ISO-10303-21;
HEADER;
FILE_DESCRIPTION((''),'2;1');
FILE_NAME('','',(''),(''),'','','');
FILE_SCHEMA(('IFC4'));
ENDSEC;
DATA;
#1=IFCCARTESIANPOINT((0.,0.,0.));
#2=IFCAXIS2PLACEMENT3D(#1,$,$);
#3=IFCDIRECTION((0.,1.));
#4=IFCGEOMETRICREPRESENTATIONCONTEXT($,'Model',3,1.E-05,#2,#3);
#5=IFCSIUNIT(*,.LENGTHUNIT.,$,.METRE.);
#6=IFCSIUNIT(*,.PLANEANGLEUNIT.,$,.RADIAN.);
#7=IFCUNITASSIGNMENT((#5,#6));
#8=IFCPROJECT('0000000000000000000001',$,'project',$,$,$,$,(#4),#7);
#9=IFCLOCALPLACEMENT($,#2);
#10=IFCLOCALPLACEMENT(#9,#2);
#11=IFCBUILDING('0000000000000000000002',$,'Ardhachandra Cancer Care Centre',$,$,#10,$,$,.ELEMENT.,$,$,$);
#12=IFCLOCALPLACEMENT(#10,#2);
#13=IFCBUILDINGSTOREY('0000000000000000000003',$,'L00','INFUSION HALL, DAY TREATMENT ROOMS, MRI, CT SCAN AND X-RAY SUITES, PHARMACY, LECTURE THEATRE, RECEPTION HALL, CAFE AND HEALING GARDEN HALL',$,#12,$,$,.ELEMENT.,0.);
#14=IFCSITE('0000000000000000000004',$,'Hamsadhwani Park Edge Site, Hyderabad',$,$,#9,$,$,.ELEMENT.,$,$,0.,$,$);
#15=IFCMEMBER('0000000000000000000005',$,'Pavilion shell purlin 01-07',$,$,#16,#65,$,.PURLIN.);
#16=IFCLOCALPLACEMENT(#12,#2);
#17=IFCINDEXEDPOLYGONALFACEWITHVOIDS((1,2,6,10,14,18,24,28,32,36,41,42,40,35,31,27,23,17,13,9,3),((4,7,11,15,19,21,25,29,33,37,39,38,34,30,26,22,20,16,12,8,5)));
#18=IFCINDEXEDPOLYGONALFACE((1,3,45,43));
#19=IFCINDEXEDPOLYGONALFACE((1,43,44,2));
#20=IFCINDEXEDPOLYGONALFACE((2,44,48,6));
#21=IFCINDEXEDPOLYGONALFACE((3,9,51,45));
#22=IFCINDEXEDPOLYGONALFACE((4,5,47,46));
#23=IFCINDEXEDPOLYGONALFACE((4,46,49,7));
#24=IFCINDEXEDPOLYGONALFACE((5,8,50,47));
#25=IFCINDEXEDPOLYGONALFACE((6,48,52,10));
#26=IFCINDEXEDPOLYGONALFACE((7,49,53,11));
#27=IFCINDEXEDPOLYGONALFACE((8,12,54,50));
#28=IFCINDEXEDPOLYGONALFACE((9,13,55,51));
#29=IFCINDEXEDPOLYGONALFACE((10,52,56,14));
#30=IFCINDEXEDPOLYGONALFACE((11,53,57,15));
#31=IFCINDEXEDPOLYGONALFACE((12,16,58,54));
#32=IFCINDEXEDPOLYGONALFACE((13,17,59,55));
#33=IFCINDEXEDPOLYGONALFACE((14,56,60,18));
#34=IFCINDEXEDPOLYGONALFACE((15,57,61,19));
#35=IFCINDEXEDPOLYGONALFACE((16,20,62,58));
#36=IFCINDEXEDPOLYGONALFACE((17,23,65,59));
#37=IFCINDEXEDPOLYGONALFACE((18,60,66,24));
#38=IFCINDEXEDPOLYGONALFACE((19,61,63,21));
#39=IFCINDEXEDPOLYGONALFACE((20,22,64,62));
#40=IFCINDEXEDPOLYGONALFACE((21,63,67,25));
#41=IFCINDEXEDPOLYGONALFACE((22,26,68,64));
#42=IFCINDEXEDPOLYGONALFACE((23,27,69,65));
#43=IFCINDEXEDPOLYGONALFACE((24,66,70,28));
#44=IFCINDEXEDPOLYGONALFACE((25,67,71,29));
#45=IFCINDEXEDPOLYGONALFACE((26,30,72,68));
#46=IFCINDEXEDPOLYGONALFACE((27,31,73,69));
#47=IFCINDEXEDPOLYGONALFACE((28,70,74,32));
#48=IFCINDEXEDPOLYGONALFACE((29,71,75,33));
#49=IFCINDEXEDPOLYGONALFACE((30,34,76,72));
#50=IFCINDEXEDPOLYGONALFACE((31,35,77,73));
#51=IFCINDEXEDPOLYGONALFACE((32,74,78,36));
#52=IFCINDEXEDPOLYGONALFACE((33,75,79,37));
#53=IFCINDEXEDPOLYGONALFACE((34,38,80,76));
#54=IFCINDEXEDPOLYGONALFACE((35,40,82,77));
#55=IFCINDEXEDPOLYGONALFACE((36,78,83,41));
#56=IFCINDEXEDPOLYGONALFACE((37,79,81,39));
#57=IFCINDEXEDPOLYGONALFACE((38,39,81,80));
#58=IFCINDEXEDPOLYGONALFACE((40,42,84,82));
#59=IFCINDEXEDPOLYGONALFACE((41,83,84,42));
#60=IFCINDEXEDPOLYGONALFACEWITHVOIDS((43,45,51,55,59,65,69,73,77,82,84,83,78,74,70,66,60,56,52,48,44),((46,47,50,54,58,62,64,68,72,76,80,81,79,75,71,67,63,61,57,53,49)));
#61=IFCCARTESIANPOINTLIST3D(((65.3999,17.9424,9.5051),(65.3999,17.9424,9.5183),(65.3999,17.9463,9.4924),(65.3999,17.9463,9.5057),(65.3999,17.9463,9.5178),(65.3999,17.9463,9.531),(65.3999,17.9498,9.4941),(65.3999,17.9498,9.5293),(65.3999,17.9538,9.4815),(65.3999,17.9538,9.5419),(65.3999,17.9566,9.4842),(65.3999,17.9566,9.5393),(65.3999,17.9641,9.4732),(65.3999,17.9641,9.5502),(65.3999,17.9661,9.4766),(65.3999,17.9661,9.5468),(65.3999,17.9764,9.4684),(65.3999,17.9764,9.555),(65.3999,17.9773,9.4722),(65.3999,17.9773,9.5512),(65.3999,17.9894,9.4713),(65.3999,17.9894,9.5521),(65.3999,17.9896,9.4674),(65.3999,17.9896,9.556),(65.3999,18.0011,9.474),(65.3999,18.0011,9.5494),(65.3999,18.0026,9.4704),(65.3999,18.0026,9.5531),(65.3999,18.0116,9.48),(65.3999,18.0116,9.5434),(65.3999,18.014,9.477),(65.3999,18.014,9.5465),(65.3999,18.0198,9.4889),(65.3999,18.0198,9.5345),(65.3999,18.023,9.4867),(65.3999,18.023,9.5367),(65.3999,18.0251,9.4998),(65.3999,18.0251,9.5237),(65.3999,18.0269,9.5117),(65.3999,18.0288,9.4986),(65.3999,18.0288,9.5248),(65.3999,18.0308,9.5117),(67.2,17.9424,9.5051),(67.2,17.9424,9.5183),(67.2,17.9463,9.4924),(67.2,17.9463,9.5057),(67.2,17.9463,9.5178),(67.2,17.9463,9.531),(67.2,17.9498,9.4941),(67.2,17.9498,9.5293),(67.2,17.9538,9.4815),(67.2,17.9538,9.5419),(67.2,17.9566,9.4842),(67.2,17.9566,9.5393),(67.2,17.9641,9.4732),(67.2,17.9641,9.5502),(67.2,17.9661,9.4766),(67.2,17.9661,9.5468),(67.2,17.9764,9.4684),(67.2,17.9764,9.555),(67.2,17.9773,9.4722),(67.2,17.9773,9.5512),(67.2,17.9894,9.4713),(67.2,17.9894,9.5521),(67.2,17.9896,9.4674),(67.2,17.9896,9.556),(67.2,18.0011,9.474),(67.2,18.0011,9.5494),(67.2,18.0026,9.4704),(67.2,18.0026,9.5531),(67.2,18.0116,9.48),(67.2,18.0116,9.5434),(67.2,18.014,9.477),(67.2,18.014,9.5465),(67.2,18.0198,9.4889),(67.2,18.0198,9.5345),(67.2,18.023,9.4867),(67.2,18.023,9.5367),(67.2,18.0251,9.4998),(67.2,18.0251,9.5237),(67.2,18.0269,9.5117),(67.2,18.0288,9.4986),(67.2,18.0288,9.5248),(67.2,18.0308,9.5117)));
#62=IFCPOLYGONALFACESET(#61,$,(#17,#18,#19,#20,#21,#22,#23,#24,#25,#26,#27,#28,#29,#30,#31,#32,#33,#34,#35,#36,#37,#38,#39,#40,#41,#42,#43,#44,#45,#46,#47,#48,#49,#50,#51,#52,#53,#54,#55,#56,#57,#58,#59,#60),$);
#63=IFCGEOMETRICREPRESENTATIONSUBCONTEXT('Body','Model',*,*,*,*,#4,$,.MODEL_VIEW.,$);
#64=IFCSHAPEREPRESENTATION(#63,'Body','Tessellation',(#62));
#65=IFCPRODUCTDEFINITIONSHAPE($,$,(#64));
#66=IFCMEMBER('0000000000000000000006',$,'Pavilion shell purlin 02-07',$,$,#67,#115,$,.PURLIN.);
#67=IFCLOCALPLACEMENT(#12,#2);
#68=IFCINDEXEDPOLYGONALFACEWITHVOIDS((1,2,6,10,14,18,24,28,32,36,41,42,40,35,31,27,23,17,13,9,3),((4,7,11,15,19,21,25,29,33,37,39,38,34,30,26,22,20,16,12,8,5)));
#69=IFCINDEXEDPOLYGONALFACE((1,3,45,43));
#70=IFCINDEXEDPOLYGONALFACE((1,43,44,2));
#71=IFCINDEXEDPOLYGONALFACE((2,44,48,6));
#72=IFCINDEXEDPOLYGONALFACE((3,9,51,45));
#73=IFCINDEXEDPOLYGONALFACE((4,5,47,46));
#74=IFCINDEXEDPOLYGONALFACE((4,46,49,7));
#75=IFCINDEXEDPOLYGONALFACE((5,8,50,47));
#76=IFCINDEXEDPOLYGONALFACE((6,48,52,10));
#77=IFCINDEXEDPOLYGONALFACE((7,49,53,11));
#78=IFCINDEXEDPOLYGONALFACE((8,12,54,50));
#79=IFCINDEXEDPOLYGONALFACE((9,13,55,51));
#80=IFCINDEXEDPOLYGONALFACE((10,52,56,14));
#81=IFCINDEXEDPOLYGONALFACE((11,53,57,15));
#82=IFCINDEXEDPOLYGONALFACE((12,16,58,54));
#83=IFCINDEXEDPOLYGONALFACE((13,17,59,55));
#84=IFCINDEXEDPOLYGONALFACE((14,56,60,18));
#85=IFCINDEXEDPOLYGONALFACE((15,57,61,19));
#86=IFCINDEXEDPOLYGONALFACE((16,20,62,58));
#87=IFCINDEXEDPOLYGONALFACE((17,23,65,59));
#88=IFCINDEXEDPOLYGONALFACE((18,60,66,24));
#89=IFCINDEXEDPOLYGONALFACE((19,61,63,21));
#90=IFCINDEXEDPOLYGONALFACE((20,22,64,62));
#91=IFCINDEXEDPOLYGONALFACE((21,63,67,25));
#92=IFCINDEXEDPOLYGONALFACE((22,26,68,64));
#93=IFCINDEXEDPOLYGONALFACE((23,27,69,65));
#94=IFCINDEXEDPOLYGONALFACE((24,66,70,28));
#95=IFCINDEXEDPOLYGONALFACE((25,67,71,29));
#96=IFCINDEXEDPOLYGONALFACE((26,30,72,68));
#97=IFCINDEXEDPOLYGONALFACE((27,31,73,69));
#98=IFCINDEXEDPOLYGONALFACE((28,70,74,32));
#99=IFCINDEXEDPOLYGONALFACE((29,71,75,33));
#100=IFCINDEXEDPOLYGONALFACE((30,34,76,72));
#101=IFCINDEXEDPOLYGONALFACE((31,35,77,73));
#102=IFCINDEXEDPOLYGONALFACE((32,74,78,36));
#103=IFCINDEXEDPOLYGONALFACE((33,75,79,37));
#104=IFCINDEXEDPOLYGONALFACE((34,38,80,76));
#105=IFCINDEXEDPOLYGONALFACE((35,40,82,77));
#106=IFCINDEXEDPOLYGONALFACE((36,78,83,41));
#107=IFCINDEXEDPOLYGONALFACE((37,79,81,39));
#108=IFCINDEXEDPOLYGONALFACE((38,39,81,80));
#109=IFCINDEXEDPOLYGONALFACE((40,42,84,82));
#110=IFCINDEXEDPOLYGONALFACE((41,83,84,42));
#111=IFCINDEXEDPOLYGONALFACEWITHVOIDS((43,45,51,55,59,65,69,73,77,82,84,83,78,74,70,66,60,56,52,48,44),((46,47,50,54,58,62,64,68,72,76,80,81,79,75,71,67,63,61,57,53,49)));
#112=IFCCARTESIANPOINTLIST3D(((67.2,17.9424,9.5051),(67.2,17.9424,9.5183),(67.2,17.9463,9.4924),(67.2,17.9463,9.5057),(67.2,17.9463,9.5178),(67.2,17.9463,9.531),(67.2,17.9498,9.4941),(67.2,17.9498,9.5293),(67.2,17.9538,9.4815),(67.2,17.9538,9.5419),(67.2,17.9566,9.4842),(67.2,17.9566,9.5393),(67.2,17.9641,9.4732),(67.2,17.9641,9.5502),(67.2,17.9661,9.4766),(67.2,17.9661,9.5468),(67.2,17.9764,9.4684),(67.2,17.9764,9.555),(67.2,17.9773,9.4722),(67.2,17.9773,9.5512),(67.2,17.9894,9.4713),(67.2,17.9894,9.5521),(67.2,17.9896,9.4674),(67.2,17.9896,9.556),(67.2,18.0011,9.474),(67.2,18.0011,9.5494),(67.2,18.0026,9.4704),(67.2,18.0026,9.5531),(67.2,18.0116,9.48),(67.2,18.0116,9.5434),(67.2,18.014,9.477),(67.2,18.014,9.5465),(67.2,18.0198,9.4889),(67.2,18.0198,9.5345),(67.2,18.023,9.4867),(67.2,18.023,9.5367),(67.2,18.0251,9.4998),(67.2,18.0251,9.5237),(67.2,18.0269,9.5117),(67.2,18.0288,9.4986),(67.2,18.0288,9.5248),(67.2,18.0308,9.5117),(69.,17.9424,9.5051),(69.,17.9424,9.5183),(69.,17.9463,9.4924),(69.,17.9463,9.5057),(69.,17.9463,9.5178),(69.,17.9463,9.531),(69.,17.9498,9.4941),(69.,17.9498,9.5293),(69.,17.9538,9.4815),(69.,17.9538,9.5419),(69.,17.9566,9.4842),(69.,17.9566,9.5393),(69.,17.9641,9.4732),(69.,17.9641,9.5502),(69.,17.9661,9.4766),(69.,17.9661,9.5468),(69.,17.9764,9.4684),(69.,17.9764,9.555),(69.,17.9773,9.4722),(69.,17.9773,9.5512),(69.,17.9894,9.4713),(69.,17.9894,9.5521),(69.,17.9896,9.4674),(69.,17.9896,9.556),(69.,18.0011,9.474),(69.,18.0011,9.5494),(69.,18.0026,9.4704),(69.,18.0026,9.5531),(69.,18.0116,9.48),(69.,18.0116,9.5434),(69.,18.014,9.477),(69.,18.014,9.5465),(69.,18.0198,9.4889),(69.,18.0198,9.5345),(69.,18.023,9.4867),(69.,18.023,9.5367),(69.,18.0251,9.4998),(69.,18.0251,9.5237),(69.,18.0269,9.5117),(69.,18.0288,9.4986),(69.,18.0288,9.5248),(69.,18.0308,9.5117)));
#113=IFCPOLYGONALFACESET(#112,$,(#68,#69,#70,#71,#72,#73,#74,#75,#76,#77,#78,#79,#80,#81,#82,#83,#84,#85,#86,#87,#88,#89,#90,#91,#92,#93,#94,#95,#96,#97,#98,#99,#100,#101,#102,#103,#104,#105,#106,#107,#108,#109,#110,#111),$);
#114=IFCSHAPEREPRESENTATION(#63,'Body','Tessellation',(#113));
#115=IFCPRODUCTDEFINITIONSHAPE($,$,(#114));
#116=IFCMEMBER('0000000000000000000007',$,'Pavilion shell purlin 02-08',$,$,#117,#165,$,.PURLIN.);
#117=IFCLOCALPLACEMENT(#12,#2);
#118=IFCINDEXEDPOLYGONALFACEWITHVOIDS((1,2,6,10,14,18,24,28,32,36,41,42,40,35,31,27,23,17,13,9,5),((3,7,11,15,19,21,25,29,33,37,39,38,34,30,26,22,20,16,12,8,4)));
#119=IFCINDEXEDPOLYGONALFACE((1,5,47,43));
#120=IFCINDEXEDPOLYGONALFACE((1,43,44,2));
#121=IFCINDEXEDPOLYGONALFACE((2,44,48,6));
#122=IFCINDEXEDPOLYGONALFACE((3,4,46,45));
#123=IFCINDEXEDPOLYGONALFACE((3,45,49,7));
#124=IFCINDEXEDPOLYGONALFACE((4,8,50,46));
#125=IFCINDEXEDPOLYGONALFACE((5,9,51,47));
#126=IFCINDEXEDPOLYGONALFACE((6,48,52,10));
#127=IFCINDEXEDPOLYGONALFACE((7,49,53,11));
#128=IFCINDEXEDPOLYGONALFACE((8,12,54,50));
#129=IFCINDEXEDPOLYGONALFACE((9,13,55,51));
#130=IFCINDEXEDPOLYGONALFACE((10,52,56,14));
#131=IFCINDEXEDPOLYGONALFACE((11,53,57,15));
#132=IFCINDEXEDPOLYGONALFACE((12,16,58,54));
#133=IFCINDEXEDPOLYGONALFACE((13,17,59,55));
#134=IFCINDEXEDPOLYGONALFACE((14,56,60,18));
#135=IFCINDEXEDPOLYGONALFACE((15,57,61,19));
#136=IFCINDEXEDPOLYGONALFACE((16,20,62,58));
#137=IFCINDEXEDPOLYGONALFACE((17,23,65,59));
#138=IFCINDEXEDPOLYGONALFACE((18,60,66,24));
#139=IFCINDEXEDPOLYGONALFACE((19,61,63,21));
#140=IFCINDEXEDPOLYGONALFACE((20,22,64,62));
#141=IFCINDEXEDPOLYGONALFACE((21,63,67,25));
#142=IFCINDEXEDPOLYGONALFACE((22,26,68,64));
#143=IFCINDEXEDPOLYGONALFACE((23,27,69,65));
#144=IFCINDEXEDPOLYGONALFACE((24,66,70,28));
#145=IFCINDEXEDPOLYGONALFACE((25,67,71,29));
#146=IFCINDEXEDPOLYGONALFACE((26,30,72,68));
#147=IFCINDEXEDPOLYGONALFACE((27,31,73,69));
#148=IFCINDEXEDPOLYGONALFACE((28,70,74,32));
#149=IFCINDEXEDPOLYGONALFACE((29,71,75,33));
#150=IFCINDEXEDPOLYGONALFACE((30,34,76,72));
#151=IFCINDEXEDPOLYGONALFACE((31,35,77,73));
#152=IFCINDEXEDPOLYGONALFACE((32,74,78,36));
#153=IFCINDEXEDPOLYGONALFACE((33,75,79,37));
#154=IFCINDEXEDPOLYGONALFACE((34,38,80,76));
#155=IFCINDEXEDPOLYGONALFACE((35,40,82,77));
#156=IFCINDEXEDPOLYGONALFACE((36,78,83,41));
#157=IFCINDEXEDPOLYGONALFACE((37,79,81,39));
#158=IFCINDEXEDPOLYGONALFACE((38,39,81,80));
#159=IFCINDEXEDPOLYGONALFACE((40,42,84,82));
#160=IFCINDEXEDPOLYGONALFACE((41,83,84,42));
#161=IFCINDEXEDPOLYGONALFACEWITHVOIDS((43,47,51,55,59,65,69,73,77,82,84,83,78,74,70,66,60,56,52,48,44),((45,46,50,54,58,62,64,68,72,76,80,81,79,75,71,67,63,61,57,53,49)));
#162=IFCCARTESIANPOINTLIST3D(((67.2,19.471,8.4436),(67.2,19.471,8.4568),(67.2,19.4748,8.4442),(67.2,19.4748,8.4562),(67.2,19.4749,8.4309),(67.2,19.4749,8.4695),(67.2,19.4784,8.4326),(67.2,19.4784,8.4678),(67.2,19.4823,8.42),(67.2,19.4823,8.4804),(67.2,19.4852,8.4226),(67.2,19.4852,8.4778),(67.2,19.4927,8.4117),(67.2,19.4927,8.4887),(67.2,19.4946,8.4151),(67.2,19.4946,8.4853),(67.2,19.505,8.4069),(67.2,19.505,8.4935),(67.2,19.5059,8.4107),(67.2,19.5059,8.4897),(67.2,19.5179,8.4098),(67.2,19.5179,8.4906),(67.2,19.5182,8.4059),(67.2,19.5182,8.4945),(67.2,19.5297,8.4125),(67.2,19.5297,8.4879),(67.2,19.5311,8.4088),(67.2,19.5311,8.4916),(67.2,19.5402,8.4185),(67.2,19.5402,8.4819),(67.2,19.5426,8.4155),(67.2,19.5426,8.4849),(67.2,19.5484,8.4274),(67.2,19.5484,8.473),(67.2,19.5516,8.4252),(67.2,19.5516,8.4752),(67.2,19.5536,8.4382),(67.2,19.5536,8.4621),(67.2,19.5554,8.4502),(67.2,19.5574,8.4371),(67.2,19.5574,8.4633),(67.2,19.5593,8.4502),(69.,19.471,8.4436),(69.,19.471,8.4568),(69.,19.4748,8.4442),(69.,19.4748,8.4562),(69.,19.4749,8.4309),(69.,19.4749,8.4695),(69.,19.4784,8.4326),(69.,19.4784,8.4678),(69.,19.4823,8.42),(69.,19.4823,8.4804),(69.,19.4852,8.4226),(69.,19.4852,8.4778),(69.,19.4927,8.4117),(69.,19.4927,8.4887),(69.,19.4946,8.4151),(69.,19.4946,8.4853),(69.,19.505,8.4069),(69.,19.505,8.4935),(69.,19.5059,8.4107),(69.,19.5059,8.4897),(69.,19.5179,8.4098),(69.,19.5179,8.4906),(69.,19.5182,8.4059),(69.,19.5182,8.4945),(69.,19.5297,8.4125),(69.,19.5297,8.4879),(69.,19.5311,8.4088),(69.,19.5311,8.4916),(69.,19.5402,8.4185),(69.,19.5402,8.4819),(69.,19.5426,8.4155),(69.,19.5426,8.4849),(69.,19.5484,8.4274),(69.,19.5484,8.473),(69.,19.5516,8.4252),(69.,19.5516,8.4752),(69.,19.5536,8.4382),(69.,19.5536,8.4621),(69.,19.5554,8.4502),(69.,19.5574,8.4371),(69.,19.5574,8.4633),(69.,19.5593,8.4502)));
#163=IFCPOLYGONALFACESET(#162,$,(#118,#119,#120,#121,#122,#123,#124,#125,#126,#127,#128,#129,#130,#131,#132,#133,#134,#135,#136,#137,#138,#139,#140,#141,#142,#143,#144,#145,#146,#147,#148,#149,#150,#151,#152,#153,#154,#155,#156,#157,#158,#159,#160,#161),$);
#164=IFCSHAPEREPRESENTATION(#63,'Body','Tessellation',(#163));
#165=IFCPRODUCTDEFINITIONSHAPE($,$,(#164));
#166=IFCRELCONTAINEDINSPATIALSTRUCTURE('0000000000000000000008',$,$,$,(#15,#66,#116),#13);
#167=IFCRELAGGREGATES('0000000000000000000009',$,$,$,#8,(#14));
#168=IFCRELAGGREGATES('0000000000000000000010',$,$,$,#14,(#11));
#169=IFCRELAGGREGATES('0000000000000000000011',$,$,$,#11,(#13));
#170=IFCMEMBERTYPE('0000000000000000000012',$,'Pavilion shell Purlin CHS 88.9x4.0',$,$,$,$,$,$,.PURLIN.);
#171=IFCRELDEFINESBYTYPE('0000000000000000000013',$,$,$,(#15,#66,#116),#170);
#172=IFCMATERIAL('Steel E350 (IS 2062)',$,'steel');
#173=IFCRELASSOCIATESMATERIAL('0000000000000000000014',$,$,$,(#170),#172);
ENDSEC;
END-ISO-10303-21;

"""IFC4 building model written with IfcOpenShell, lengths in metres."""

from ifc_helpers import new_model, si_unit, direction, frame, origin, origin_2d, place, context, subcontext, project, spatial, hollow_circle, extrude, material, material_profile, profile_set, type_object, element, save


model = new_model("IFC4")

# Units and contexts
model_context = context("Model", 3, precision=1e-05, world=origin(), true_north=direction((0.0, 1.0)))
body_context = subcontext(model_context, "Body", "Model", "MODEL_VIEW")
ifc_project = project(units=[si_unit("LENGTHUNIT", "METRE"), si_unit("PLANEANGLEUNIT", "RADIAN")], contexts=[model_context])

# Site, building, storey
site_placement = place(None, origin())
site = spatial("IfcSite", under=ifc_project, at=site_placement, Name="Hamsadhwani Park Edge Site, Hyderabad", CompositionType="ELEMENT", RefElevation=0.0)
building_placement = place(site_placement, origin())
building = spatial("IfcBuilding", under=site, at=building_placement, Name="Ardhachandra Cancer Care Centre", CompositionType="ELEMENT")
storey_placement = place(building_placement, origin())
storey = spatial("IfcBuildingStorey", under=building, at=storey_placement, Name="L00", Description="INFUSION HALL, DAY TREATMENT ROOMS, MRI, CT SCAN AND X-RAY SUITES, PHARMACY, LECTURE THEATRE, RECEPTION HALL, CAFE AND HEALING GARDEN HALL", CompositionType="ELEMENT", Elevation=0.0)

# Members
ifc_material_1 = material(Name="Steel E350 (IS 2062)", Category="steel")
ifc_material_profile_1 = material_profile(ifc_material_1, hollow_circle(Radius=0.0444, WallThickness=0.0039, at=origin_2d()), Name="CHS 88.9x4.0")
ifc_profile_set_1 = profile_set([ifc_material_profile_1], Name="Steel E350 (IS 2062)")
member_type_1 = type_object("IfcMemberType", Name="Pavilion shell Purlin CHS 88.9x4.0", PredefinedType="PURLIN", material=ifc_profile_set_1)
for number, where, z_axis, x_axis, name in (
    (1, (65.3999, 17.9863, 9.5117), (1.0, 0.0, 0.0), (0.0, 1.0, 0.0), "Pavilion shell purlin 01-07"),
    (2, (67.2, 17.9863, 9.5117), (1.0, 0.0, 0.0), (0.0, 1.0, 0.0), "Pavilion shell purlin 02-07"),
    (3, (67.2, 19.5149, 8.4502), (1.0, 0.0, 0.0), (0.0, 1.0, 0.0), "Pavilion shell purlin 02-08"),
):
    element("IfcMember", number, at=place(storey_placement, frame(where, z_axis=z_axis, x_axis=x_axis)), inside=storey, type_object=member_type_1, Name=name, PredefinedType="PURLIN", context=body_context, shape_type="SweptSolid", body=[
        extrude(hollow_circle(Radius=0.0444, WallThickness=0.0039, at=origin_2d()), origin(), (0.0, 0.0, 1.0), 1.8),
    ])

save(model, "model.ifc")
